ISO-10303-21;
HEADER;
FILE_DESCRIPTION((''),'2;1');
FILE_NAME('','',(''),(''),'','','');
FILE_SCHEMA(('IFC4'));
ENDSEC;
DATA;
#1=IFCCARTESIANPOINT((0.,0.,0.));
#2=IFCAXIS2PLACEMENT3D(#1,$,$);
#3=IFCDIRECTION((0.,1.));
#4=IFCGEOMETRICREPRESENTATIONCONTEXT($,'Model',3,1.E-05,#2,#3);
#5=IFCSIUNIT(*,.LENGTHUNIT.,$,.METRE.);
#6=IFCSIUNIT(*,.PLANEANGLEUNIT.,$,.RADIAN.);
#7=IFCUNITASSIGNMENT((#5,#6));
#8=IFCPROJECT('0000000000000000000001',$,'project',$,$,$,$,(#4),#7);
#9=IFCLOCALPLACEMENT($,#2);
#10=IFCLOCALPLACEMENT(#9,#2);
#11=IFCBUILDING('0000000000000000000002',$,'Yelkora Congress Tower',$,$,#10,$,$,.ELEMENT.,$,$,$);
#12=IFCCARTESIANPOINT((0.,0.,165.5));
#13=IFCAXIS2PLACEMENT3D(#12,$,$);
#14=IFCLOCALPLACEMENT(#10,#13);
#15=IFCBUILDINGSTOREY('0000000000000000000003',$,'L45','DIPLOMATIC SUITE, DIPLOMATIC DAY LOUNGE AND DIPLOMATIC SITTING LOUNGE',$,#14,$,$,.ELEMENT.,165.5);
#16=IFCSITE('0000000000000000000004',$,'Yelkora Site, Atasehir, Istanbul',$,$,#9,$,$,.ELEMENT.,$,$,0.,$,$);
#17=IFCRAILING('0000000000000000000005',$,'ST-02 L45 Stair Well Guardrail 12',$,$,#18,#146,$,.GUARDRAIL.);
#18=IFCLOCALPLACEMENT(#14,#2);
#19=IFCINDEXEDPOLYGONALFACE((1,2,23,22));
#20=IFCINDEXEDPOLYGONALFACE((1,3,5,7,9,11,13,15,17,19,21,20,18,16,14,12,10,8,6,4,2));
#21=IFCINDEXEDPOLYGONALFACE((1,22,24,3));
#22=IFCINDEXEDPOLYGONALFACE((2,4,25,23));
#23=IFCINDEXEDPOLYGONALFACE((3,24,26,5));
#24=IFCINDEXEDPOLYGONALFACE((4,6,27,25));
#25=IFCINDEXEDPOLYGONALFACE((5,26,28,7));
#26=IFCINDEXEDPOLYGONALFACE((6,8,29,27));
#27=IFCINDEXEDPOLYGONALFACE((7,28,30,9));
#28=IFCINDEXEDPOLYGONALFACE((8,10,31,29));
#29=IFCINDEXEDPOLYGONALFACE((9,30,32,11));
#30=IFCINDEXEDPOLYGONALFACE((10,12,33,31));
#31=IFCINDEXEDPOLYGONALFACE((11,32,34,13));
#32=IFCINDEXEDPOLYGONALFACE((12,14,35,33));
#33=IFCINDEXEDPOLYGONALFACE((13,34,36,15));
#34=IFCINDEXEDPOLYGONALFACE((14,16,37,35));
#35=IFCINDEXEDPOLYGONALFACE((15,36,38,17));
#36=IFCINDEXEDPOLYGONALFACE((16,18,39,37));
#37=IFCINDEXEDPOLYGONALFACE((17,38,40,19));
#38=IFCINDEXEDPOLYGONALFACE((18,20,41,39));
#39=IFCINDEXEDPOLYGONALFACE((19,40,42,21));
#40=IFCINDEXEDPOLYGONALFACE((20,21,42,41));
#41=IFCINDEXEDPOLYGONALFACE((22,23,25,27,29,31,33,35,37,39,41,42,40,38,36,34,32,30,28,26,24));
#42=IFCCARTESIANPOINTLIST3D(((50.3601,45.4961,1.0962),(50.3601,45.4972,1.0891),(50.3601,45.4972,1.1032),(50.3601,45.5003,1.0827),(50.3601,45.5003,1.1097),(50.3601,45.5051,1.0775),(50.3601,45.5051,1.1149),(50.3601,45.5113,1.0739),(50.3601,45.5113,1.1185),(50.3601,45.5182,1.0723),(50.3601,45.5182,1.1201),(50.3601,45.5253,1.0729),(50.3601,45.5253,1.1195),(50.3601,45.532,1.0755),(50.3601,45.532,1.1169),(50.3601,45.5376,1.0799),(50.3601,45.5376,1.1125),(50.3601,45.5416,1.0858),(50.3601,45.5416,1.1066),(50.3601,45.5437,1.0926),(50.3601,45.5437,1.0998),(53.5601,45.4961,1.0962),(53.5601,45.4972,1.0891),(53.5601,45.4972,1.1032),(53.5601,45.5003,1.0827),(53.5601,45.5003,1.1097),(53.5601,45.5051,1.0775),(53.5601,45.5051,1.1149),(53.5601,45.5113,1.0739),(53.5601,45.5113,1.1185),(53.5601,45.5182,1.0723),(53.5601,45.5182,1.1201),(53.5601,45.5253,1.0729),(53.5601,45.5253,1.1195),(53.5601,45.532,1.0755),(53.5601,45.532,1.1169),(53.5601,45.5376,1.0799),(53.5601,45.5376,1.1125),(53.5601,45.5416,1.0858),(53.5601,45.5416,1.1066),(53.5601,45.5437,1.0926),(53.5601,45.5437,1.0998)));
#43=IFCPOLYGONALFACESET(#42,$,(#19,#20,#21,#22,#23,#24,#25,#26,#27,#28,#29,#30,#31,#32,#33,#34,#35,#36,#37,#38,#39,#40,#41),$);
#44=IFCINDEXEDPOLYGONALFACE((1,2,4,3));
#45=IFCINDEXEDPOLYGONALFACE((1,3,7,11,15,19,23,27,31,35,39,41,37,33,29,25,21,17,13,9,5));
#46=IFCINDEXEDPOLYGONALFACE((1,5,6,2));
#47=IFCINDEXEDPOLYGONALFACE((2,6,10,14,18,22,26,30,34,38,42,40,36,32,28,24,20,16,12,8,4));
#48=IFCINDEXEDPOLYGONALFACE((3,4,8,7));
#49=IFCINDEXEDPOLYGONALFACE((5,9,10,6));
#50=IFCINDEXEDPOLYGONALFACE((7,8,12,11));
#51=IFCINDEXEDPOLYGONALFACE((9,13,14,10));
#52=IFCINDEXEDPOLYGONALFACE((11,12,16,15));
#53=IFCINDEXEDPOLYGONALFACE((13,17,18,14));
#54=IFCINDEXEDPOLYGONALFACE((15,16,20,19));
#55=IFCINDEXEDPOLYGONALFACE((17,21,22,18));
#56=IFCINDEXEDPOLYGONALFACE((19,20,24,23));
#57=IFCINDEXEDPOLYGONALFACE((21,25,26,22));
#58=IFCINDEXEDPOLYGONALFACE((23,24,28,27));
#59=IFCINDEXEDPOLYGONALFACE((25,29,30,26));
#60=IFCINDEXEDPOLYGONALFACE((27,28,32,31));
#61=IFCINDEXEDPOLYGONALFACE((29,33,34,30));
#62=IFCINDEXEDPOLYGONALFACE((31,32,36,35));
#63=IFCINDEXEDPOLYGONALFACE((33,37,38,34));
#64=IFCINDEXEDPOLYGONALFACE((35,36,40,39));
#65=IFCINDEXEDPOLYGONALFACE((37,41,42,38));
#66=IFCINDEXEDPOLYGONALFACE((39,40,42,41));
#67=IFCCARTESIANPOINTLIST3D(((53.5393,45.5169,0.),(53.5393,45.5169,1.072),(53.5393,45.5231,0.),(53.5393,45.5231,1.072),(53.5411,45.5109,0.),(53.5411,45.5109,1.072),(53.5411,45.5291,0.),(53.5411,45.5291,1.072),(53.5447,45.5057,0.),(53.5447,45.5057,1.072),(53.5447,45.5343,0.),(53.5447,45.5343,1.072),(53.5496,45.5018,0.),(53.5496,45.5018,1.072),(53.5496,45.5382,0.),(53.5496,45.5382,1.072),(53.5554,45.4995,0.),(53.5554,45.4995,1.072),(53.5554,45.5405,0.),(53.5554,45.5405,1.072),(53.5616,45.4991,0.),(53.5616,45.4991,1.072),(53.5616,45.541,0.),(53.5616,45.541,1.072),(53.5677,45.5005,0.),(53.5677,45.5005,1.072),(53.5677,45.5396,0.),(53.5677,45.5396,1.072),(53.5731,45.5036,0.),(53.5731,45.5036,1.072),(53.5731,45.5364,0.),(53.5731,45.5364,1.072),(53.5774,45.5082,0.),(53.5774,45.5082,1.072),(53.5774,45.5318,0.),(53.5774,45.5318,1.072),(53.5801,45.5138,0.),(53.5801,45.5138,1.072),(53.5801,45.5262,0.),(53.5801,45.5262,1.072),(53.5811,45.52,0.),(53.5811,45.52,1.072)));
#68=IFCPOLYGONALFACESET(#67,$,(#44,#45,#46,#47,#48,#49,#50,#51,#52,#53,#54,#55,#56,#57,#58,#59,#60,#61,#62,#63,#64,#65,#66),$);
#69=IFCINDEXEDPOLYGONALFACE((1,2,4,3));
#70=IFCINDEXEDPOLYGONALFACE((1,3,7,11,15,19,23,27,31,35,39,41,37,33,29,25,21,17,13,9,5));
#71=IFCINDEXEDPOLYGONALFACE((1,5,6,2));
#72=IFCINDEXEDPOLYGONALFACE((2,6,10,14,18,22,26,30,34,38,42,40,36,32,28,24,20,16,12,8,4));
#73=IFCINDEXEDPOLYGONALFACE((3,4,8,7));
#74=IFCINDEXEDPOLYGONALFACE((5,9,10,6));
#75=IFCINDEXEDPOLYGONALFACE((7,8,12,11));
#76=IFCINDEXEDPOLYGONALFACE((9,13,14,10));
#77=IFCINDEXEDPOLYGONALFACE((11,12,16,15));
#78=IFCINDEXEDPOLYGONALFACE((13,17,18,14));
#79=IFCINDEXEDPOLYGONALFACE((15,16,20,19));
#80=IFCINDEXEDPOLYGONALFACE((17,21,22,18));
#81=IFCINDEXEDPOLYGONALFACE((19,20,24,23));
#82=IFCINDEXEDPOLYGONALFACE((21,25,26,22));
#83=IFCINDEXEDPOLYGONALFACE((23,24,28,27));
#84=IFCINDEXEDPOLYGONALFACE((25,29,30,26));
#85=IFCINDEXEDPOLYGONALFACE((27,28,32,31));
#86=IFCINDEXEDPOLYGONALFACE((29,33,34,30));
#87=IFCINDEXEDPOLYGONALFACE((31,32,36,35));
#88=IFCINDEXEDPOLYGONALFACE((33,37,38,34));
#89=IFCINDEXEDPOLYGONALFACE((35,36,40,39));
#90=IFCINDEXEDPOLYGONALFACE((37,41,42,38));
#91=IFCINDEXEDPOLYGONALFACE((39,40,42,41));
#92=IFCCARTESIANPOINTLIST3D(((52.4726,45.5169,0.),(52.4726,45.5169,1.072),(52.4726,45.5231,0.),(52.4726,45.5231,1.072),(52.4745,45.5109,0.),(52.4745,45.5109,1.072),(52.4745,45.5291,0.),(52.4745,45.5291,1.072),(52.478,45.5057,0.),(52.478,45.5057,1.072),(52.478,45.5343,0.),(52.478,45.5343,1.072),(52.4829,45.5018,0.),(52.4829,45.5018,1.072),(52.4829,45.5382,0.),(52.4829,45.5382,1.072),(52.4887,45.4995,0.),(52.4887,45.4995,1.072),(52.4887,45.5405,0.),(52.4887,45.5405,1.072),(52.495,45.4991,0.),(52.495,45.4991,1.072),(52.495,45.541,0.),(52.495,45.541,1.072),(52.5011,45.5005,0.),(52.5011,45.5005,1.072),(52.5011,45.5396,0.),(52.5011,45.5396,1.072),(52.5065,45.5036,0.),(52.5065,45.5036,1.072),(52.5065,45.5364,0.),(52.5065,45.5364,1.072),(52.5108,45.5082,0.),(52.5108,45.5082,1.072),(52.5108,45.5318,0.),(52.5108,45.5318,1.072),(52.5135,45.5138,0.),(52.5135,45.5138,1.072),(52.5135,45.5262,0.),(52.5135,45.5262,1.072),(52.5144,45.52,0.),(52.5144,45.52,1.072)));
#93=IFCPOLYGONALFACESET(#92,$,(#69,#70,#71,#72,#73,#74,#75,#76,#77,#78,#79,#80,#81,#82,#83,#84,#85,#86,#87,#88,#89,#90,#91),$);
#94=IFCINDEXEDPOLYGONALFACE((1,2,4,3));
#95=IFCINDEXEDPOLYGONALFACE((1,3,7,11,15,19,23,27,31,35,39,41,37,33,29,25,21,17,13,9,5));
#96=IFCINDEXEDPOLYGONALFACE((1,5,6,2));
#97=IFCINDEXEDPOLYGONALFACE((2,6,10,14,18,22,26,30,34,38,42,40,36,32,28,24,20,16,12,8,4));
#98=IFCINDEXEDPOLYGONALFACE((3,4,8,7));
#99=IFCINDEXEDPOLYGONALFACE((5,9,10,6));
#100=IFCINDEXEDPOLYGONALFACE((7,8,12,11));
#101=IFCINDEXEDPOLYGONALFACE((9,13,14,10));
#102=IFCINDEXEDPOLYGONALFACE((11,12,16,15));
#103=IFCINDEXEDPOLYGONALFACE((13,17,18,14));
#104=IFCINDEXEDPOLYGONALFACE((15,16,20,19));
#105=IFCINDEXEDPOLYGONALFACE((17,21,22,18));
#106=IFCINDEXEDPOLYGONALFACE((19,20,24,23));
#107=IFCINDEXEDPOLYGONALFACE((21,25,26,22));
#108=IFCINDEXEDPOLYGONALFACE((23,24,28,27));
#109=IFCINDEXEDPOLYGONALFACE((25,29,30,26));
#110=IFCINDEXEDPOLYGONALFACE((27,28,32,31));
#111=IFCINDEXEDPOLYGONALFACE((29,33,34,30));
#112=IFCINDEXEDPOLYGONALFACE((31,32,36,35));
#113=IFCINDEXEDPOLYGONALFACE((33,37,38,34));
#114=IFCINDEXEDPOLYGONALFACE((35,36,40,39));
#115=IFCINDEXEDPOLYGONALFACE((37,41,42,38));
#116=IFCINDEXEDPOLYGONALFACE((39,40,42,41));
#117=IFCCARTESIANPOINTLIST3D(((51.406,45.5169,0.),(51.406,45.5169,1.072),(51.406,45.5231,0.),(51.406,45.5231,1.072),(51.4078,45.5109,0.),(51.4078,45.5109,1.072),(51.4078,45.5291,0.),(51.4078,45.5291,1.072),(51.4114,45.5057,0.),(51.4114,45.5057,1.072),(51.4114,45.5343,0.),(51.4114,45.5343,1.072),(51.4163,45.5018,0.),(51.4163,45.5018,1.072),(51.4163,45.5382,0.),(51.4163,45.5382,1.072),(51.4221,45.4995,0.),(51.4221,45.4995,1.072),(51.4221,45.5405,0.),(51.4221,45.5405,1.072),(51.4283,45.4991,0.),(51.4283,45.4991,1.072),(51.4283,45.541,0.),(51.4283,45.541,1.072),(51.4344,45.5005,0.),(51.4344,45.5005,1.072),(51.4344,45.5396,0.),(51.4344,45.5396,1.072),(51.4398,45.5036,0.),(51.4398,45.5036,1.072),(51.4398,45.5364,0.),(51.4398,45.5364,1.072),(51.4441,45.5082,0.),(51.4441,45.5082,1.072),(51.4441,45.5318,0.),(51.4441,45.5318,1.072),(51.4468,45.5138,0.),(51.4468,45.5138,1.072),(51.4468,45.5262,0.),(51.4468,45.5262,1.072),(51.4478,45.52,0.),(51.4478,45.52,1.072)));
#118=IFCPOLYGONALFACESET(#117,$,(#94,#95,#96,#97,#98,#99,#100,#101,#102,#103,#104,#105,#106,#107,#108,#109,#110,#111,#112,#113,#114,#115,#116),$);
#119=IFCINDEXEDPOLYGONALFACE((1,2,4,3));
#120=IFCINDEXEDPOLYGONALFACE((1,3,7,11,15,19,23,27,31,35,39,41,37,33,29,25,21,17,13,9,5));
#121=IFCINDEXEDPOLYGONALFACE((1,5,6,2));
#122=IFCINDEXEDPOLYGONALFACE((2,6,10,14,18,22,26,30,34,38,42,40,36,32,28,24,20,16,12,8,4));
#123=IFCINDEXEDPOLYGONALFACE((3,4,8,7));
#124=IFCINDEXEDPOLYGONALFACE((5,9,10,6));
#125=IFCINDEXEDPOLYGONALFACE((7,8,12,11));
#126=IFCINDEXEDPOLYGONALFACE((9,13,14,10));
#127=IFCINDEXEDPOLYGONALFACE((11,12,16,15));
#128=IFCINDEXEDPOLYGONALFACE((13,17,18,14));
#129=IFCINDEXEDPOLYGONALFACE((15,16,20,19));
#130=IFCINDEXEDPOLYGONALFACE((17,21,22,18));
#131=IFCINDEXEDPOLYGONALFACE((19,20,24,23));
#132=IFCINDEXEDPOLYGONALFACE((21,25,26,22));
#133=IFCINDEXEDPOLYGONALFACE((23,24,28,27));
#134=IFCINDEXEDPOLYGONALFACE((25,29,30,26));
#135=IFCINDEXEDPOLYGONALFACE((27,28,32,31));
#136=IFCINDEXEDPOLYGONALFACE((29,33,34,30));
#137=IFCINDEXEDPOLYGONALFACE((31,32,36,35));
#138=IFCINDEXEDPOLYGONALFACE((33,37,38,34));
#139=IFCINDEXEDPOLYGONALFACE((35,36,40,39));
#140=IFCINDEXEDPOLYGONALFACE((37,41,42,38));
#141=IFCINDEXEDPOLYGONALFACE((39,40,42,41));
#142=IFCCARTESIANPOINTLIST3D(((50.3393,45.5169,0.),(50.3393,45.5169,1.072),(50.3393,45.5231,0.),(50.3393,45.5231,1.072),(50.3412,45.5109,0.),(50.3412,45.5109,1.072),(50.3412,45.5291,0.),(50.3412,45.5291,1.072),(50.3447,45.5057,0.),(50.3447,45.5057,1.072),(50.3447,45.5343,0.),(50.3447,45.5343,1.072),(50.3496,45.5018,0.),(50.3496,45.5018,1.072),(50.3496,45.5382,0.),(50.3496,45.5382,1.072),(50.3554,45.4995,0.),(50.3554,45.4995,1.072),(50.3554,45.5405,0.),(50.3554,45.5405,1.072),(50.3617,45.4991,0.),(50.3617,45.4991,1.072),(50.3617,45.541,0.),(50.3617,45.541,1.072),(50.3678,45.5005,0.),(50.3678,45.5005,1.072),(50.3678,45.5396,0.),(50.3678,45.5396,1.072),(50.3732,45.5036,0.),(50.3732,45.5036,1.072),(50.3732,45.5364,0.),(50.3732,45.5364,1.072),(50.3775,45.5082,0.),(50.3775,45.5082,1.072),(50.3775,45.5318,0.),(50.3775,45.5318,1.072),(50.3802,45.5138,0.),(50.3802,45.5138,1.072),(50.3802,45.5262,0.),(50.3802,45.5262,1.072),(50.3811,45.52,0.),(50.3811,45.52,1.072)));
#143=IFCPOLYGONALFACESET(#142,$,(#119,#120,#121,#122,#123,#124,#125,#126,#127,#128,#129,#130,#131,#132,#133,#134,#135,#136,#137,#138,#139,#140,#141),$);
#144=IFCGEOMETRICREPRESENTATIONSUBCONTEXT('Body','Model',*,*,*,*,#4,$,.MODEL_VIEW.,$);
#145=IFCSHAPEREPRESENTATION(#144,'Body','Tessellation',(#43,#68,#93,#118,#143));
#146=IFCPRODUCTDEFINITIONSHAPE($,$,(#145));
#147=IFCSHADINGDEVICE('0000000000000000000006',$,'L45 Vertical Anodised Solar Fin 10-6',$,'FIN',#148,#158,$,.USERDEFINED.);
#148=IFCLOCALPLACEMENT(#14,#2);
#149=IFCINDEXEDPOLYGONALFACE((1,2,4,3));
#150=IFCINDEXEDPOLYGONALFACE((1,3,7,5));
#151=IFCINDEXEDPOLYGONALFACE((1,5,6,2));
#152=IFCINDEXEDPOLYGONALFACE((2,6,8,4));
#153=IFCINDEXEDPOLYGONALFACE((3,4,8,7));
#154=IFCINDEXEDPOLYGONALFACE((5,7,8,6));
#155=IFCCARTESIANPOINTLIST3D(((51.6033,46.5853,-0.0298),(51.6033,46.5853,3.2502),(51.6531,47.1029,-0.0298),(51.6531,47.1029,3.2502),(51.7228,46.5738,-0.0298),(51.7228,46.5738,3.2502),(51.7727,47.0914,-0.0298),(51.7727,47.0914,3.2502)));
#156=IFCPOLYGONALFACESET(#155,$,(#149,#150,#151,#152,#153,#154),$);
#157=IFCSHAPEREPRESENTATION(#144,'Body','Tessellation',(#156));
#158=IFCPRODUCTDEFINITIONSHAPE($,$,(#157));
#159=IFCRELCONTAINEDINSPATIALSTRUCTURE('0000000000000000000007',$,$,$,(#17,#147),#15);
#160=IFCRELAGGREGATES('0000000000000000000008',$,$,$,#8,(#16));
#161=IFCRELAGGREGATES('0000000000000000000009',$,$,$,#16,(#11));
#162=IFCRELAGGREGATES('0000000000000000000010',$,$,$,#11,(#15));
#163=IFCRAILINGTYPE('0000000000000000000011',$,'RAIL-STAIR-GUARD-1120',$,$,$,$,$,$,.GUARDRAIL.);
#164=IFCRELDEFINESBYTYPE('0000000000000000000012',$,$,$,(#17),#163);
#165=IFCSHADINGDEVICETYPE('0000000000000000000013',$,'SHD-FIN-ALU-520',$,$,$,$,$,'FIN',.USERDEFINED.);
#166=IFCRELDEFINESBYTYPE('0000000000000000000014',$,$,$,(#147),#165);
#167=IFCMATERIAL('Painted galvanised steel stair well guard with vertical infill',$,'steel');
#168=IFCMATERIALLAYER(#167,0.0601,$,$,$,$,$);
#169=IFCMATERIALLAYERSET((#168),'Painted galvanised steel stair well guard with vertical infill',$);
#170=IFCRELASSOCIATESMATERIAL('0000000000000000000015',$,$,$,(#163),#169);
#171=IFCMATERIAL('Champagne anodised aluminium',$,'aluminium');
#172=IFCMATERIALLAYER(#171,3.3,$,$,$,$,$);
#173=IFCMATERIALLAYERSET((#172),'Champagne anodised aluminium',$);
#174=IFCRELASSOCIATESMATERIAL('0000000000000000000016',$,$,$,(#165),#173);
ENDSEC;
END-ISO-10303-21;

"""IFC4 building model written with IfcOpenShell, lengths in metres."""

from ifc_helpers import new_model, si_unit, direction, frame, origin, origin_2d, place, context, subcontext, project, spatial, rectangle, circle, extrude, material, layer, layer_set, type_object, element, save


model = new_model("IFC4")

# Units and contexts
model_context = context("Model", 3, precision=1e-05, world=origin(), true_north=direction((0.0, 1.0)))
body_context = subcontext(model_context, "Body", "Model", "MODEL_VIEW")
ifc_project = project(units=[si_unit("LENGTHUNIT", "METRE"), si_unit("PLANEANGLEUNIT", "RADIAN")], contexts=[model_context])

# Site, building, storey
site_placement = place(None, origin())
site = spatial("IfcSite", under=ifc_project, at=site_placement, Name="Yelkora Site, Atasehir, Istanbul", CompositionType="ELEMENT", RefElevation=0.0)
building_placement = place(site_placement, origin())
building = spatial("IfcBuilding", under=site, at=building_placement, Name="Yelkora Congress Tower", CompositionType="ELEMENT")
storey_placement = place(building_placement, frame((0.0, 0.0, 165.5)))
storey = spatial("IfcBuildingStorey", under=building, at=storey_placement, Name="L45", Description="DIPLOMATIC SUITE, DIPLOMATIC DAY LOUNGE AND DIPLOMATIC SITTING LOUNGE", CompositionType="ELEMENT", Elevation=165.5)

# Railing
ifc_material_1 = material(Name="Painted galvanised steel stair well guard with vertical infill", Category="steel")
ifc_layer_1 = layer(ifc_material_1, 0.0601)
ifc_layer_set_1 = layer_set([ifc_layer_1], Name="Painted galvanised steel stair well guard with vertical infill")
railing_type = type_object("IfcRailingType", Name="RAIL-STAIR-GUARD-1120", PredefinedType="GUARDRAIL", material=ifc_layer_set_1)
railing_1_placement = place(storey_placement, frame((53.5601, 45.52, 0.0)))
element("IfcRailing", 1, at=railing_1_placement, inside=storey, type_object=railing_type, Name="ST-02 L45 Stair Well Guardrail 12", PredefinedType="GUARDRAIL", context=body_context, shape_type="SweptSolid", body=[
    extrude(circle(Radius=0.0239, at=origin_2d()), frame((0.0, 0.0, 1.0962), z_axis=(-1.0, 0.0, 0.0), x_axis=(0.0, -1.0, 0.0)), (0.0, 0.0, 1.0), 3.2),
    extrude(circle(Radius=0.021, at=origin_2d()), origin(), (0.0, 0.0, 1.0), 1.072),
    extrude(circle(Radius=0.021, at=origin_2d()), frame((-1.0667, 0.0, 0.0)), (0.0, 0.0, 1.0), 1.072),
    extrude(circle(Radius=0.021, at=origin_2d()), frame((-2.1333, 0.0, 0.0)), (0.0, 0.0, 1.0), 1.072),
    extrude(circle(Radius=0.021, at=origin_2d()), frame((-3.2, 0.0, 0.0)), (0.0, 0.0, 1.0), 1.072),
])

# Shading device
ifc_material_2 = material(Name="Champagne anodised aluminium", Category="aluminium")
ifc_layer_2 = layer(ifc_material_2, 3.3)
ifc_layer_set_2 = layer_set([ifc_layer_2], Name="Champagne anodised aluminium")
shading_device_type = type_object("IfcShadingDeviceType", Name="SHD-FIN-ALU-520", ElementType="FIN", PredefinedType="USERDEFINED", material=ifc_layer_set_2)
shading_device_placement = place(storey_placement, frame((51.688, 46.8384, -0.0298), z_axis=(0.0, 0.0, 1.0), x_axis=(0.995396, -0.095846, 0.0)))
element("IfcShadingDevice", 2, at=shading_device_placement, inside=storey, type_object=shading_device_type, Name="L45 Vertical Anodised Solar Fin 10-6", ObjectType="FIN", PredefinedType="USERDEFINED", context=body_context, shape_type="SweptSolid", body=[
    extrude(rectangle(XDim=0.1201, YDim=0.52, at=origin_2d()), origin(), (0.0, 0.0, 1.0), 3.28),
])

save(model, "model.ifc")
